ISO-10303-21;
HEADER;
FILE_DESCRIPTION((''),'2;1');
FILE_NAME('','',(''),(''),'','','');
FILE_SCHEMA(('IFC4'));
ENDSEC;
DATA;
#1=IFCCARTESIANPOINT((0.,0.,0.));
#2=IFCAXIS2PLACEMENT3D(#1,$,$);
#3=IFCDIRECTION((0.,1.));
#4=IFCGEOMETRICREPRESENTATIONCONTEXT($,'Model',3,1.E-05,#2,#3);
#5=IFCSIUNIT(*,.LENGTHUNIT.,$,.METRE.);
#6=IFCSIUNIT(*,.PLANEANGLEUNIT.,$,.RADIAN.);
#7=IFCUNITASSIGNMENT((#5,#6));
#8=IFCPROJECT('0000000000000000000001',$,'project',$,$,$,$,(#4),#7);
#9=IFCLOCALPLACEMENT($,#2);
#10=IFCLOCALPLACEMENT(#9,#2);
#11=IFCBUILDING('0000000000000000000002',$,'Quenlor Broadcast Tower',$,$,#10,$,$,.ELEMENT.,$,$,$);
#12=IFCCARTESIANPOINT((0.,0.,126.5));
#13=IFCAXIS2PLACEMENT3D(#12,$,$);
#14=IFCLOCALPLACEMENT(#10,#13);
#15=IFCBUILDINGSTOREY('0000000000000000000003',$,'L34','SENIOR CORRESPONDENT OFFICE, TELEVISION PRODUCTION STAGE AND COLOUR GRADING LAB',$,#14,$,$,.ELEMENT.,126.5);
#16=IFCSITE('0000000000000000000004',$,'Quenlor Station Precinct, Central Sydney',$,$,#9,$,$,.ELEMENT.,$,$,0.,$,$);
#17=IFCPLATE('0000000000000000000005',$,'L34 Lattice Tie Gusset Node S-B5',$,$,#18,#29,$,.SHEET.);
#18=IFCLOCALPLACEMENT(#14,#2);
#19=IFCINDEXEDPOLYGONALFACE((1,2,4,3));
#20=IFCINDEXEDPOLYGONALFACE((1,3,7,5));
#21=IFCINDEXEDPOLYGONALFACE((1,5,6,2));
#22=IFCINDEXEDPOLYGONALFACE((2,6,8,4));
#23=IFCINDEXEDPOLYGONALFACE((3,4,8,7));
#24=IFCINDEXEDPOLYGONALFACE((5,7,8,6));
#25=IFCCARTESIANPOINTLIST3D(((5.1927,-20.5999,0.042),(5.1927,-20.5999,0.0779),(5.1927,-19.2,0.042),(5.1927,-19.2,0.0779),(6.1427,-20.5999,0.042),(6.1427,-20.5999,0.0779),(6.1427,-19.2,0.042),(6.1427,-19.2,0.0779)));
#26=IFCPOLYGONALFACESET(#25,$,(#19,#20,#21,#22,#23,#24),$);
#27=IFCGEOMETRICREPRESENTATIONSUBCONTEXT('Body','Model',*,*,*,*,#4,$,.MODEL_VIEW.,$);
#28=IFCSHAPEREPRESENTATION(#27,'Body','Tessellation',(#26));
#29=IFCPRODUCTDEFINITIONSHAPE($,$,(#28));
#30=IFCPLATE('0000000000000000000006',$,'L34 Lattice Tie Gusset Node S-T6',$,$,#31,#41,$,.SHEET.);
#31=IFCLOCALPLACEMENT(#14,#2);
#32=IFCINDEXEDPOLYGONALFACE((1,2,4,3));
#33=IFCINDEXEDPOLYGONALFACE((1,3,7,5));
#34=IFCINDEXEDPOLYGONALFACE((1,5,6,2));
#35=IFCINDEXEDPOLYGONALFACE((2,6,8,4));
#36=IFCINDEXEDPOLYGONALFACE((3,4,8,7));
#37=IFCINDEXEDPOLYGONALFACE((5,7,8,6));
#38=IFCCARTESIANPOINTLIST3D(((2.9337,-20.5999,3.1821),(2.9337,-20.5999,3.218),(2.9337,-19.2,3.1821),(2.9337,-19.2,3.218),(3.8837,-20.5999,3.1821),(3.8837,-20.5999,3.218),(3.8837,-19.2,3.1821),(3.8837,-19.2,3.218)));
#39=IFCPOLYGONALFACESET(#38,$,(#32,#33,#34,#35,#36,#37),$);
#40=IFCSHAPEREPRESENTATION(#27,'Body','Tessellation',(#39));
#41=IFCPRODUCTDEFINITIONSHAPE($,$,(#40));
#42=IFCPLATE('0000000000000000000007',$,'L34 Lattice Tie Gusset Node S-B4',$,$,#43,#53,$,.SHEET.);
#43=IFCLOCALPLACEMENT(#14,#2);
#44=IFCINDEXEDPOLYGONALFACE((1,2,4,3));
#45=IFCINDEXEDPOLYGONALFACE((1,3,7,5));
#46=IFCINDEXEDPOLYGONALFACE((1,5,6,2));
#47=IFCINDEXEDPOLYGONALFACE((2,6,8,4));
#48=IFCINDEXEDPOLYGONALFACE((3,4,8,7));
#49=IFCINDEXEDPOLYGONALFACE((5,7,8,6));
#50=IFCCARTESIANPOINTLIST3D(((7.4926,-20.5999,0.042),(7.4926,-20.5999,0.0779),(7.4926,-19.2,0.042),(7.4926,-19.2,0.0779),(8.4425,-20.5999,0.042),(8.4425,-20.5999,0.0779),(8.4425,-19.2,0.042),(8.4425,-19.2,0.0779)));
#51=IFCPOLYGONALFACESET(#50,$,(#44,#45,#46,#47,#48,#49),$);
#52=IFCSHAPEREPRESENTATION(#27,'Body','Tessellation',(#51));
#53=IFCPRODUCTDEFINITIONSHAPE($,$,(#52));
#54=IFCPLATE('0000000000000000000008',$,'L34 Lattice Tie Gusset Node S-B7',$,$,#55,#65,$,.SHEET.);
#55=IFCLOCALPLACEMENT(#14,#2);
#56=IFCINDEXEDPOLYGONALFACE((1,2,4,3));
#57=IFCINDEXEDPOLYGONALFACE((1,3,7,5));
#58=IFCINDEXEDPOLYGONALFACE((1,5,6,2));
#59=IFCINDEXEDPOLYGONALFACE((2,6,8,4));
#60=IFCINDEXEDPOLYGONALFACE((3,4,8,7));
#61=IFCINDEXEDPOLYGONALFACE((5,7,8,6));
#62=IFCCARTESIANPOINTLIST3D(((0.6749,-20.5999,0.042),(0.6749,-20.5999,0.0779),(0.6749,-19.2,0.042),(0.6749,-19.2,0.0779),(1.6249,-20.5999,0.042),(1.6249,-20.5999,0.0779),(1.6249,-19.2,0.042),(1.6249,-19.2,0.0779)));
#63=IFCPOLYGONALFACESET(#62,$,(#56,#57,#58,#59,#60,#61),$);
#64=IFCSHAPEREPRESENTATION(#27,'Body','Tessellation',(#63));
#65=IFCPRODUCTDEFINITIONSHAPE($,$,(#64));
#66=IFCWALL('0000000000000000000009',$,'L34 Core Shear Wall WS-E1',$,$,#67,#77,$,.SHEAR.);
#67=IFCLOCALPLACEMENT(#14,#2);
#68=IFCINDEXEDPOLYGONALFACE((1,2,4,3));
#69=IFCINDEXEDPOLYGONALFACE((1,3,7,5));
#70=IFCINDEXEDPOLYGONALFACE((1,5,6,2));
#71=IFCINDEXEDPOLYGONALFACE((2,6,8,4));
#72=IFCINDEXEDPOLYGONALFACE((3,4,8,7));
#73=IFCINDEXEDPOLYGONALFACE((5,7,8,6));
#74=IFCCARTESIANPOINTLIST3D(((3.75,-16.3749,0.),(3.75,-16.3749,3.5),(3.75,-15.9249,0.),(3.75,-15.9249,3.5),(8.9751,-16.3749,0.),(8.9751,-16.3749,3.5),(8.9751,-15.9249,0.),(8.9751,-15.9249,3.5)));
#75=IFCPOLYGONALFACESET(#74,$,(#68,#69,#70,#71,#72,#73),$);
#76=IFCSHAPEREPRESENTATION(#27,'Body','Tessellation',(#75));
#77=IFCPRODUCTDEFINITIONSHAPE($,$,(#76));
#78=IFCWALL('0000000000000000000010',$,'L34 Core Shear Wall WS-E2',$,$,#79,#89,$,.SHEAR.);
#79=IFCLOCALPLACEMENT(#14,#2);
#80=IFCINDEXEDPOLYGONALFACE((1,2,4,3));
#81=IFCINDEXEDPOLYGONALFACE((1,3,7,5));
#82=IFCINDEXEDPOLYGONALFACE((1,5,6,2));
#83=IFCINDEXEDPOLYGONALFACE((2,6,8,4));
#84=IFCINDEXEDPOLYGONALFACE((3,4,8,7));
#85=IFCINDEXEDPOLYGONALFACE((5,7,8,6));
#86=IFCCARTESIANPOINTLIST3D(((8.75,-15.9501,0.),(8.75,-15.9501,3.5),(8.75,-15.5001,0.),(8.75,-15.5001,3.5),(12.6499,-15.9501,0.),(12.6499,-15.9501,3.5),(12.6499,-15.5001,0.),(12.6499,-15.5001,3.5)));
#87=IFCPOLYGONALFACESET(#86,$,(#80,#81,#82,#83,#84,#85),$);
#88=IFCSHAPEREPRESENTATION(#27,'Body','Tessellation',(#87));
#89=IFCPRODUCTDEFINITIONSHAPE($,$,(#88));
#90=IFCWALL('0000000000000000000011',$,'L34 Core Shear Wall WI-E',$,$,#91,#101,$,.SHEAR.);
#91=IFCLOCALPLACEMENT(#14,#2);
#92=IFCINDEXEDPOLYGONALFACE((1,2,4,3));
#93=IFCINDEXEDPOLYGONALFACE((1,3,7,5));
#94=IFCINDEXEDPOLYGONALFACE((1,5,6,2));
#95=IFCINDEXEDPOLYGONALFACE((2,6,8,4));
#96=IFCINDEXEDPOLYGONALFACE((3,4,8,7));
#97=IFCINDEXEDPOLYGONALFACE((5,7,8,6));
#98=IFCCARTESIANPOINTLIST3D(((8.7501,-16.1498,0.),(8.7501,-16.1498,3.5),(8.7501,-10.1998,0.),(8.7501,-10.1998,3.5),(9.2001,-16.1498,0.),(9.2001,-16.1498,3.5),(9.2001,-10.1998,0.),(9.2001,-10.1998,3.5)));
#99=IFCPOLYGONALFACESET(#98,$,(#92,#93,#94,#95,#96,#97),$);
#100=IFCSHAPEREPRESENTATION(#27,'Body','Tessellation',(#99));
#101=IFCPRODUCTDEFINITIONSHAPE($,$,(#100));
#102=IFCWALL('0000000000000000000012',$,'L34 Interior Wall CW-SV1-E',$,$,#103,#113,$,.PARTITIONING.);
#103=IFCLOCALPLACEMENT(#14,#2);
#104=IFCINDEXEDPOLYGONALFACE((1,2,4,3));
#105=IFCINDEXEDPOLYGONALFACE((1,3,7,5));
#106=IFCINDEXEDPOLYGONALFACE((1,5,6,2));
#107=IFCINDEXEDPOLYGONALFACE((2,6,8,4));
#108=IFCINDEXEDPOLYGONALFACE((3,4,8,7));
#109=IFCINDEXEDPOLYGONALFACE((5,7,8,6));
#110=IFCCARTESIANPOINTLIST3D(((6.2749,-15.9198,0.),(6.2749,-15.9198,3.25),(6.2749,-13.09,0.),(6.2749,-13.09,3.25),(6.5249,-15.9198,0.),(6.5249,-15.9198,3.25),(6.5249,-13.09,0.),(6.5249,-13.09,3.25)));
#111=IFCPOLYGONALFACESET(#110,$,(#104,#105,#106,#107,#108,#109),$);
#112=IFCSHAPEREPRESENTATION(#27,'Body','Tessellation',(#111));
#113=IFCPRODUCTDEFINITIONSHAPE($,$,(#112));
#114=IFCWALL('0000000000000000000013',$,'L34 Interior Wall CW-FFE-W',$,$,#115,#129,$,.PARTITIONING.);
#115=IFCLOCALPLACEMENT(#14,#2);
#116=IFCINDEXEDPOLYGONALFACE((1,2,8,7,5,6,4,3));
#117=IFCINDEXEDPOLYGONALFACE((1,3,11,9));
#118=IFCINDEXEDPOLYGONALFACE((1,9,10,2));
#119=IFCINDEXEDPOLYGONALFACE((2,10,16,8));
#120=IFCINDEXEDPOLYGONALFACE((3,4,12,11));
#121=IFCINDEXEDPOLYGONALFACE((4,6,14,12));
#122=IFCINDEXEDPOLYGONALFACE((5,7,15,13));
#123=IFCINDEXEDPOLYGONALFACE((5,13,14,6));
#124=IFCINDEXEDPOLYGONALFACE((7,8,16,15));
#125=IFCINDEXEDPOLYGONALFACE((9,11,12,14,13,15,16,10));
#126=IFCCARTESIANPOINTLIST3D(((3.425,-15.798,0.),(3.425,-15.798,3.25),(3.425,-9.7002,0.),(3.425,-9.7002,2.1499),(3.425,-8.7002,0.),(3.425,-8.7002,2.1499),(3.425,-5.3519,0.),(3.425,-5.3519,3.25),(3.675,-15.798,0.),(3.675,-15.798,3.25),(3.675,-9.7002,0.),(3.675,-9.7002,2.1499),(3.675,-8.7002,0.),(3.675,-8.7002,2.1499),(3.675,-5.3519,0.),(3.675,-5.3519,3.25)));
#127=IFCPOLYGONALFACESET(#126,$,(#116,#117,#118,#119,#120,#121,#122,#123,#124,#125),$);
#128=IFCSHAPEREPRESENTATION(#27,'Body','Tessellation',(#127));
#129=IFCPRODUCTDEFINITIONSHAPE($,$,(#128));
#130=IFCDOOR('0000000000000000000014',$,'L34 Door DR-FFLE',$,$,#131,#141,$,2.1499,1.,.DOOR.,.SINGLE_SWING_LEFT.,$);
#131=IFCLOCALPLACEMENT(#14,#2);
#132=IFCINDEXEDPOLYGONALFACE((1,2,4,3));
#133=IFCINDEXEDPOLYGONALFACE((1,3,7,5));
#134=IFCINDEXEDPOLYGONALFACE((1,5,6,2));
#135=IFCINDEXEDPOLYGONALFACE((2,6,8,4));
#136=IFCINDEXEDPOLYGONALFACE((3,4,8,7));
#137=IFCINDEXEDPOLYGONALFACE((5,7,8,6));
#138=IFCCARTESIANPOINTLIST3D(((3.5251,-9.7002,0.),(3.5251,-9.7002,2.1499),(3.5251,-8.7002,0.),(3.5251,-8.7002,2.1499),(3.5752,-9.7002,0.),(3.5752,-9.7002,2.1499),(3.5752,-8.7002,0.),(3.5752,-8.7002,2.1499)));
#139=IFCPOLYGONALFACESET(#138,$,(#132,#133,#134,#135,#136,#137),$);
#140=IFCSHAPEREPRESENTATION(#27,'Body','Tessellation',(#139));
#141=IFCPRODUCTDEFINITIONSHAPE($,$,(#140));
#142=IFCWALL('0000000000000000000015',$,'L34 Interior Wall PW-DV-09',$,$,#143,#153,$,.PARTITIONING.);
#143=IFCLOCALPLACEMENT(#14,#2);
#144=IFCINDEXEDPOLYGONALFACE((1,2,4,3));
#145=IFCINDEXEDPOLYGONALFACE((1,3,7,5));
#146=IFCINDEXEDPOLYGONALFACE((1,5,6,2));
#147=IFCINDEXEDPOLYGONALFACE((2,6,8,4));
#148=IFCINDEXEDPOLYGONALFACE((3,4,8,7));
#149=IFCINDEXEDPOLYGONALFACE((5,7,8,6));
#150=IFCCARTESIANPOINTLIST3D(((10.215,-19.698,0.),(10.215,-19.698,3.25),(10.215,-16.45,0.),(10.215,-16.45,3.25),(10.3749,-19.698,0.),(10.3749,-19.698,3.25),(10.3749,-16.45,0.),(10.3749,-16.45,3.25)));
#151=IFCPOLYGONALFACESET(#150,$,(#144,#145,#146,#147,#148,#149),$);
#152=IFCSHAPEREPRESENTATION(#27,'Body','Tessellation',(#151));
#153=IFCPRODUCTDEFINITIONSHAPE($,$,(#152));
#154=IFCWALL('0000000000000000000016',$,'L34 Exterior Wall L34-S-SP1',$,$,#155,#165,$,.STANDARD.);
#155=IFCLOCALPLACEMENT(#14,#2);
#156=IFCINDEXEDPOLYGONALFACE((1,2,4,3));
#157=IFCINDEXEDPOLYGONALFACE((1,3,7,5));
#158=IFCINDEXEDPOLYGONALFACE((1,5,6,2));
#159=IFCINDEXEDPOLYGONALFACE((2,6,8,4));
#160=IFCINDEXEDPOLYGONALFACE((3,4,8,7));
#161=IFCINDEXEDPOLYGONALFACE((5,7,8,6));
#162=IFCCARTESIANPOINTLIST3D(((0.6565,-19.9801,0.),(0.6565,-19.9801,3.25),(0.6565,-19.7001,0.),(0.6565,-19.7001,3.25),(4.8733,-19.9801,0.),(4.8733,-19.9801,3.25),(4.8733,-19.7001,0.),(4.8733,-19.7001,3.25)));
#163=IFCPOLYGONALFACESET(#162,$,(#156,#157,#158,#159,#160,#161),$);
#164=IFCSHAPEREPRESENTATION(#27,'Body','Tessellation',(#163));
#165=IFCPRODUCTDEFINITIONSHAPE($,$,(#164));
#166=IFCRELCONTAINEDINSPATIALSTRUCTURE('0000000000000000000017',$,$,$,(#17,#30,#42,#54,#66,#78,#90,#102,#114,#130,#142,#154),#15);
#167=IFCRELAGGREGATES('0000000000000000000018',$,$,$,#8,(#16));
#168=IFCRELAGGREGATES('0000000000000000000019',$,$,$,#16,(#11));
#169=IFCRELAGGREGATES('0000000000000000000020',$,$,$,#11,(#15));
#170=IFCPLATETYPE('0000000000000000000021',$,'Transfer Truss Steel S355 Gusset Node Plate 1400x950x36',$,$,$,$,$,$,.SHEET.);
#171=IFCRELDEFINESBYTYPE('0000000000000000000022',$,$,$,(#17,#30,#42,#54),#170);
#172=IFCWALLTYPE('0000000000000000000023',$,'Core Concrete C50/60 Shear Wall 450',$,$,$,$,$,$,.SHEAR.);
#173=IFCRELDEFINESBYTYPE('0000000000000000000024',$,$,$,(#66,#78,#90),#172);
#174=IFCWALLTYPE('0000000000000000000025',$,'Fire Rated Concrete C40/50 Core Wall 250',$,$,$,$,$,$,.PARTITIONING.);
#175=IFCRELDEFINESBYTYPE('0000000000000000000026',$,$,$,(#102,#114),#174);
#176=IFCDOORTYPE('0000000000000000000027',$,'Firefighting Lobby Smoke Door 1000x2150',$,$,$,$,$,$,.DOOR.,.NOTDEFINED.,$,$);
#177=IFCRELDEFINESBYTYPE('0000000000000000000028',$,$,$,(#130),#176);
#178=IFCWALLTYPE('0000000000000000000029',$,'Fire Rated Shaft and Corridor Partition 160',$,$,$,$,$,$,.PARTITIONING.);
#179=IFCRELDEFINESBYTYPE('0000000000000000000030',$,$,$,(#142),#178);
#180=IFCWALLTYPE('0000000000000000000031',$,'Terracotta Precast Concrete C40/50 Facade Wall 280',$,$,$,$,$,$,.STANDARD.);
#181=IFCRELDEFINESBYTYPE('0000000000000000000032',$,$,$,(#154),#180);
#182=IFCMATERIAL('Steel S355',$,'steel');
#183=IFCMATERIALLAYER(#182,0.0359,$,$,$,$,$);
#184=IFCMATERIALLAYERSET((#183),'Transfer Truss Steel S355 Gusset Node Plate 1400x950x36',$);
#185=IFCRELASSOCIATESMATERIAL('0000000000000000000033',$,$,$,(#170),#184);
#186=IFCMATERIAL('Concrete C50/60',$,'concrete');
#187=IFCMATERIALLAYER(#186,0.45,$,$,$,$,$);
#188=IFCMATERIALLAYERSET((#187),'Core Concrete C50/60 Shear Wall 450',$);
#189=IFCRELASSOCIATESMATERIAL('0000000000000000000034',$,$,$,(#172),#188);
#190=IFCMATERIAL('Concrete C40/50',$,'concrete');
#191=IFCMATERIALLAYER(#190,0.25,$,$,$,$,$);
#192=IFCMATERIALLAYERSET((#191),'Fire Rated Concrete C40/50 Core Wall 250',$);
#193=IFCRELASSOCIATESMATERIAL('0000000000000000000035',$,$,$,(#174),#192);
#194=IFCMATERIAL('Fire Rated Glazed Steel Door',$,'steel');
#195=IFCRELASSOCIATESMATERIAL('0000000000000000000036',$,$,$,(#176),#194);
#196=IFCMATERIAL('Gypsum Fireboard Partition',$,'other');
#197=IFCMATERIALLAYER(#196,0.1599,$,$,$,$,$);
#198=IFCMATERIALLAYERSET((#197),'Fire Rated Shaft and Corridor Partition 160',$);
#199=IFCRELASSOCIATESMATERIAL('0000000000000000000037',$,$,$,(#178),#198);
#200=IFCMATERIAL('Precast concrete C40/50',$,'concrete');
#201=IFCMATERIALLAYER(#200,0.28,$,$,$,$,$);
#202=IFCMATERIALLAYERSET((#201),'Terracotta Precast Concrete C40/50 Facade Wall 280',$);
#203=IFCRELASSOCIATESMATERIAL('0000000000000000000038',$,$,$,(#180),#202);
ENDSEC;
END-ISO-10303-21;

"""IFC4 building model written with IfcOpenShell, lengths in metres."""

from ifc_helpers import new_model, si_unit, direction, frame, frame_2d, origin, origin_2d, place, context, subcontext, project, spatial, rectangle, extrude, material, layer, layer_set, type_object, element, fill, save


model = new_model("IFC4")

# Units and contexts
model_context = context("Model", 3, precision=1e-05, world=origin(), true_north=direction((0.0, 1.0)))
body_context = subcontext(model_context, "Body", "Model", "MODEL_VIEW")
ifc_project = project(units=[si_unit("LENGTHUNIT", "METRE"), si_unit("PLANEANGLEUNIT", "RADIAN")], contexts=[model_context])

# Site, building, storey
site_placement = place(None, origin())
site = spatial("IfcSite", under=ifc_project, at=site_placement, Name="Quenlor Station Precinct, Central Sydney", CompositionType="ELEMENT", RefElevation=0.0)
building_placement = place(site_placement, origin())
building = spatial("IfcBuilding", under=site, at=building_placement, Name="Quenlor Broadcast Tower", CompositionType="ELEMENT")
storey_placement = place(building_placement, frame((0.0, 0.0, 126.5)))
storey = spatial("IfcBuildingStorey", under=building, at=storey_placement, Name="L34", Description="SENIOR CORRESPONDENT OFFICE, TELEVISION PRODUCTION STAGE AND COLOUR GRADING LAB", CompositionType="ELEMENT", Elevation=126.5)

# Plates
ifc_material_1 = material(Name="Steel S355", Category="steel")
ifc_layer_1 = layer(ifc_material_1, 0.0359)
ifc_layer_set_1 = layer_set([ifc_layer_1], Name="Transfer Truss Steel S355 Gusset Node Plate 1400x950x36")
plate_type_1 = type_object("IfcPlateType", Name="Transfer Truss Steel S355 Gusset Node Plate 1400x950x36", PredefinedType="SHEET", material=ifc_layer_set_1)
for number, where, z_axis, x_axis, name in (
    (1, (5.6677, -19.8999, 0.042), (0.0, 0.0, 1.0), (0.0, -1.0, 0.0), "L34 Lattice Tie Gusset Node S-B5"),
    (2, (3.4087, -19.8999, 3.1821), (0.0, 0.0, 1.0), (0.0, -1.0, 0.0), "L34 Lattice Tie Gusset Node S-T6"),
    (3, (7.9675, -19.8999, 0.042), (0.0, 0.0, 1.0), (0.0, -1.0, 0.0), "L34 Lattice Tie Gusset Node S-B4"),
    (4, (1.1499, -19.8999, 0.042), (0.0, 0.0, 1.0), (0.0, -1.0, 0.0), "L34 Lattice Tie Gusset Node S-B7"),
):
    element("IfcPlate", number, at=place(storey_placement, frame(where, z_axis=z_axis, x_axis=x_axis)), inside=storey, type_object=plate_type_1, Name=name, PredefinedType="SHEET", context=body_context, shape_type="SweptSolid", body=[
        extrude(rectangle(XDim=1.3999, YDim=0.95, at=origin_2d()), origin(), (0.0, 0.0, 1.0), 0.0359),
    ])

# Walls
ifc_material_2 = material(Name="Concrete C50/60", Category="concrete")
ifc_layer_2 = layer(ifc_material_2, 0.45)
ifc_layer_set_2 = layer_set([ifc_layer_2], Name="Core Concrete C50/60 Shear Wall 450")
wall_type_1 = type_object("IfcWallType", Name="Core Concrete C50/60 Shear Wall 450", PredefinedType="SHEAR", material=ifc_layer_set_2)
wall_1_placement = place(storey_placement, frame((3.75, -16.1499, 0.0), z_axis=(0.0, 0.0, 1.0), x_axis=(1.0, 0.0, 0.0)))
element("IfcWall", 5, at=wall_1_placement, inside=storey, type_object=wall_type_1, Name="L34 Core Shear Wall WS-E1", PredefinedType="SHEAR", context=body_context, shape_type="SweptSolid", body=[
    extrude(rectangle(XDim=5.2251, YDim=0.45, at=frame_2d((2.6125, 0.0))), origin(), (0.0, 0.0, 1.0), 3.5),
])
wall_2_placement = place(storey_placement, frame((8.75, -15.7251, 0.0), z_axis=(0.0, 0.0, 1.0), x_axis=(1.0, 0.0, 0.0)))
element("IfcWall", 6, at=wall_2_placement, inside=storey, type_object=wall_type_1, Name="L34 Core Shear Wall WS-E2", PredefinedType="SHEAR", context=body_context, shape_type="SweptSolid", body=[
    extrude(rectangle(XDim=3.8999, YDim=0.45, at=frame_2d((1.95, 0.0))), origin(), (0.0, 0.0, 1.0), 3.5),
])
wall_3_placement = place(storey_placement, frame((8.9751, -16.1499, 0.0), z_axis=(0.0, 0.0, 1.0), x_axis=(0.0, 1.0, 0.0)))
element("IfcWall", 7, at=wall_3_placement, inside=storey, type_object=wall_type_1, Name="L34 Core Shear Wall WI-E", PredefinedType="SHEAR", context=body_context, shape_type="SweptSolid", body=[
    extrude(rectangle(XDim=5.95, YDim=0.45, at=frame_2d((2.9751, 0.0))), origin(), (0.0, 0.0, 1.0), 3.5),
])
ifc_material_3 = material(Name="Concrete C40/50", Category="concrete")
ifc_layer_3 = layer(ifc_material_3, 0.25)
ifc_layer_set_3 = layer_set([ifc_layer_3], Name="Fire Rated Concrete C40/50 Core Wall 250")
wall_type_2 = type_object("IfcWallType", Name="Fire Rated Concrete C40/50 Core Wall 250", PredefinedType="PARTITIONING", material=ifc_layer_set_3)
wall_4_placement = place(storey_placement, frame((6.3999, -15.9199, 0.0), z_axis=(0.0, 0.0, 1.0), x_axis=(0.0, 1.0, 0.0)))
element("IfcWall", 8, at=wall_4_placement, inside=storey, type_object=wall_type_2, Name="L34 Interior Wall CW-SV1-E", PredefinedType="PARTITIONING", context=body_context, shape_type="SweptSolid", body=[
    extrude(rectangle(XDim=2.8298, YDim=0.25, at=frame_2d((1.415, 0.0))), origin(), (0.0, 0.0, 1.0), 3.25),
])

# Wall, opening, door
wall_5_placement = place(storey_placement, frame((3.55, -15.7981, 0.0), z_axis=(0.0, 0.0, 1.0), x_axis=(0.0, 1.0, 0.0)))
wall_5 = element("IfcWall", 9, at=wall_5_placement, inside=storey, type_object=wall_type_2, Name="L34 Interior Wall CW-FFE-W", PredefinedType="PARTITIONING", context=body_context, shape_type="SweptSolid", body=[
    extrude(rectangle(XDim=10.446, YDim=0.25, at=frame_2d((5.2231, 0.0))), origin(), (0.0, 0.0, 1.0), 3.25),
])
opening_1_placement = place(wall_5_placement, frame((6.0979, 0.0, 0.0)))
opening_1 = element("IfcOpeningElement", 10, at=opening_1_placement, cuts=wall_5, PredefinedType="OPENING", context=body_context, shape_type="SweptSolid", body=[
    extrude(rectangle(XDim=1.0, YDim=2.1499, at=frame_2d((0.5, 1.075))), frame((0.0, 0.135, 0.0), z_axis=(0.0, -1.0, 0.0), x_axis=(1.0, 0.0, 0.0)), (0.0, 0.0, 1.0), 0.27),
])
ifc_material_4 = material(Name="Fire Rated Glazed Steel Door", Category="steel")
door_type_1 = type_object("IfcDoorType", Name="Firefighting Lobby Smoke Door 1000x2150", OperationType="NOTDEFINED", PredefinedType="DOOR", material=ifc_material_4)
door_1_placement = place(opening_1_placement, origin())
door_1 = element("IfcDoor", 11, at=door_1_placement, inside=storey, type_object=door_type_1, Name="L34 Door DR-FFLE", OperationType="SINGLE_SWING_LEFT", OverallHeight=2.1499, OverallWidth=1.0, PredefinedType="DOOR", context=body_context, shape_type="SweptSolid", body=[
    extrude(rectangle(XDim=1.0, YDim=2.1499, at=frame_2d((0.5, 1.075))), frame((0.0, 0.0249, 0.0), z_axis=(0.0, -1.0, 0.0), x_axis=(1.0, 0.0, 0.0)), (0.0, 0.0, 1.0), 0.05),
])
fill(opening_1, door_1)

# Wall
ifc_material_5 = material(Name="Gypsum Fireboard Partition", Category="other")
ifc_layer_4 = layer(ifc_material_5, 0.1599)
ifc_layer_set_4 = layer_set([ifc_layer_4], Name="Fire Rated Shaft and Corridor Partition 160")
wall_type_3 = type_object("IfcWallType", Name="Fire Rated Shaft and Corridor Partition 160", PredefinedType="PARTITIONING", material=ifc_layer_set_4)
wall_6_placement = place(storey_placement, frame((10.2949, -19.698, 0.0), z_axis=(0.0, 0.0, 1.0), x_axis=(0.0, 1.0, 0.0)))
element("IfcWall", 12, at=wall_6_placement, inside=storey, type_object=wall_type_3, Name="L34 Interior Wall PW-DV-09", PredefinedType="PARTITIONING", context=body_context, shape_type="SweptSolid", body=[
    extrude(rectangle(XDim=3.248, YDim=0.1599, at=frame_2d((1.624, 0.0))), origin(), (0.0, 0.0, 1.0), 3.25),
])

# Wall
ifc_material_6 = material(Name="Precast concrete C40/50", Category="concrete")
ifc_layer_5 = layer(ifc_material_6, 0.28)
ifc_layer_set_5 = layer_set([ifc_layer_5], Name="Terracotta Precast Concrete C40/50 Facade Wall 280")
wall_type_4 = type_object("IfcWallType", Name="Terracotta Precast Concrete C40/50 Facade Wall 280", PredefinedType="STANDARD", material=ifc_layer_set_5)
wall_7_placement = place(storey_placement, frame((4.8733, -19.8401, 0.0), z_axis=(0.0, 0.0, 1.0), x_axis=(-1.0, 0.0, 0.0)))
element("IfcWall", 13, at=wall_7_placement, inside=storey, type_object=wall_type_4, Name="L34 Exterior Wall L34-S-SP1", PredefinedType="STANDARD", context=body_context, shape_type="SweptSolid", body=[
    extrude(rectangle(XDim=4.2168, YDim=0.28, at=frame_2d((2.1084, 0.0))), origin(), (0.0, 0.0, 1.0), 3.25),
])

save(model, "model.ifc")
